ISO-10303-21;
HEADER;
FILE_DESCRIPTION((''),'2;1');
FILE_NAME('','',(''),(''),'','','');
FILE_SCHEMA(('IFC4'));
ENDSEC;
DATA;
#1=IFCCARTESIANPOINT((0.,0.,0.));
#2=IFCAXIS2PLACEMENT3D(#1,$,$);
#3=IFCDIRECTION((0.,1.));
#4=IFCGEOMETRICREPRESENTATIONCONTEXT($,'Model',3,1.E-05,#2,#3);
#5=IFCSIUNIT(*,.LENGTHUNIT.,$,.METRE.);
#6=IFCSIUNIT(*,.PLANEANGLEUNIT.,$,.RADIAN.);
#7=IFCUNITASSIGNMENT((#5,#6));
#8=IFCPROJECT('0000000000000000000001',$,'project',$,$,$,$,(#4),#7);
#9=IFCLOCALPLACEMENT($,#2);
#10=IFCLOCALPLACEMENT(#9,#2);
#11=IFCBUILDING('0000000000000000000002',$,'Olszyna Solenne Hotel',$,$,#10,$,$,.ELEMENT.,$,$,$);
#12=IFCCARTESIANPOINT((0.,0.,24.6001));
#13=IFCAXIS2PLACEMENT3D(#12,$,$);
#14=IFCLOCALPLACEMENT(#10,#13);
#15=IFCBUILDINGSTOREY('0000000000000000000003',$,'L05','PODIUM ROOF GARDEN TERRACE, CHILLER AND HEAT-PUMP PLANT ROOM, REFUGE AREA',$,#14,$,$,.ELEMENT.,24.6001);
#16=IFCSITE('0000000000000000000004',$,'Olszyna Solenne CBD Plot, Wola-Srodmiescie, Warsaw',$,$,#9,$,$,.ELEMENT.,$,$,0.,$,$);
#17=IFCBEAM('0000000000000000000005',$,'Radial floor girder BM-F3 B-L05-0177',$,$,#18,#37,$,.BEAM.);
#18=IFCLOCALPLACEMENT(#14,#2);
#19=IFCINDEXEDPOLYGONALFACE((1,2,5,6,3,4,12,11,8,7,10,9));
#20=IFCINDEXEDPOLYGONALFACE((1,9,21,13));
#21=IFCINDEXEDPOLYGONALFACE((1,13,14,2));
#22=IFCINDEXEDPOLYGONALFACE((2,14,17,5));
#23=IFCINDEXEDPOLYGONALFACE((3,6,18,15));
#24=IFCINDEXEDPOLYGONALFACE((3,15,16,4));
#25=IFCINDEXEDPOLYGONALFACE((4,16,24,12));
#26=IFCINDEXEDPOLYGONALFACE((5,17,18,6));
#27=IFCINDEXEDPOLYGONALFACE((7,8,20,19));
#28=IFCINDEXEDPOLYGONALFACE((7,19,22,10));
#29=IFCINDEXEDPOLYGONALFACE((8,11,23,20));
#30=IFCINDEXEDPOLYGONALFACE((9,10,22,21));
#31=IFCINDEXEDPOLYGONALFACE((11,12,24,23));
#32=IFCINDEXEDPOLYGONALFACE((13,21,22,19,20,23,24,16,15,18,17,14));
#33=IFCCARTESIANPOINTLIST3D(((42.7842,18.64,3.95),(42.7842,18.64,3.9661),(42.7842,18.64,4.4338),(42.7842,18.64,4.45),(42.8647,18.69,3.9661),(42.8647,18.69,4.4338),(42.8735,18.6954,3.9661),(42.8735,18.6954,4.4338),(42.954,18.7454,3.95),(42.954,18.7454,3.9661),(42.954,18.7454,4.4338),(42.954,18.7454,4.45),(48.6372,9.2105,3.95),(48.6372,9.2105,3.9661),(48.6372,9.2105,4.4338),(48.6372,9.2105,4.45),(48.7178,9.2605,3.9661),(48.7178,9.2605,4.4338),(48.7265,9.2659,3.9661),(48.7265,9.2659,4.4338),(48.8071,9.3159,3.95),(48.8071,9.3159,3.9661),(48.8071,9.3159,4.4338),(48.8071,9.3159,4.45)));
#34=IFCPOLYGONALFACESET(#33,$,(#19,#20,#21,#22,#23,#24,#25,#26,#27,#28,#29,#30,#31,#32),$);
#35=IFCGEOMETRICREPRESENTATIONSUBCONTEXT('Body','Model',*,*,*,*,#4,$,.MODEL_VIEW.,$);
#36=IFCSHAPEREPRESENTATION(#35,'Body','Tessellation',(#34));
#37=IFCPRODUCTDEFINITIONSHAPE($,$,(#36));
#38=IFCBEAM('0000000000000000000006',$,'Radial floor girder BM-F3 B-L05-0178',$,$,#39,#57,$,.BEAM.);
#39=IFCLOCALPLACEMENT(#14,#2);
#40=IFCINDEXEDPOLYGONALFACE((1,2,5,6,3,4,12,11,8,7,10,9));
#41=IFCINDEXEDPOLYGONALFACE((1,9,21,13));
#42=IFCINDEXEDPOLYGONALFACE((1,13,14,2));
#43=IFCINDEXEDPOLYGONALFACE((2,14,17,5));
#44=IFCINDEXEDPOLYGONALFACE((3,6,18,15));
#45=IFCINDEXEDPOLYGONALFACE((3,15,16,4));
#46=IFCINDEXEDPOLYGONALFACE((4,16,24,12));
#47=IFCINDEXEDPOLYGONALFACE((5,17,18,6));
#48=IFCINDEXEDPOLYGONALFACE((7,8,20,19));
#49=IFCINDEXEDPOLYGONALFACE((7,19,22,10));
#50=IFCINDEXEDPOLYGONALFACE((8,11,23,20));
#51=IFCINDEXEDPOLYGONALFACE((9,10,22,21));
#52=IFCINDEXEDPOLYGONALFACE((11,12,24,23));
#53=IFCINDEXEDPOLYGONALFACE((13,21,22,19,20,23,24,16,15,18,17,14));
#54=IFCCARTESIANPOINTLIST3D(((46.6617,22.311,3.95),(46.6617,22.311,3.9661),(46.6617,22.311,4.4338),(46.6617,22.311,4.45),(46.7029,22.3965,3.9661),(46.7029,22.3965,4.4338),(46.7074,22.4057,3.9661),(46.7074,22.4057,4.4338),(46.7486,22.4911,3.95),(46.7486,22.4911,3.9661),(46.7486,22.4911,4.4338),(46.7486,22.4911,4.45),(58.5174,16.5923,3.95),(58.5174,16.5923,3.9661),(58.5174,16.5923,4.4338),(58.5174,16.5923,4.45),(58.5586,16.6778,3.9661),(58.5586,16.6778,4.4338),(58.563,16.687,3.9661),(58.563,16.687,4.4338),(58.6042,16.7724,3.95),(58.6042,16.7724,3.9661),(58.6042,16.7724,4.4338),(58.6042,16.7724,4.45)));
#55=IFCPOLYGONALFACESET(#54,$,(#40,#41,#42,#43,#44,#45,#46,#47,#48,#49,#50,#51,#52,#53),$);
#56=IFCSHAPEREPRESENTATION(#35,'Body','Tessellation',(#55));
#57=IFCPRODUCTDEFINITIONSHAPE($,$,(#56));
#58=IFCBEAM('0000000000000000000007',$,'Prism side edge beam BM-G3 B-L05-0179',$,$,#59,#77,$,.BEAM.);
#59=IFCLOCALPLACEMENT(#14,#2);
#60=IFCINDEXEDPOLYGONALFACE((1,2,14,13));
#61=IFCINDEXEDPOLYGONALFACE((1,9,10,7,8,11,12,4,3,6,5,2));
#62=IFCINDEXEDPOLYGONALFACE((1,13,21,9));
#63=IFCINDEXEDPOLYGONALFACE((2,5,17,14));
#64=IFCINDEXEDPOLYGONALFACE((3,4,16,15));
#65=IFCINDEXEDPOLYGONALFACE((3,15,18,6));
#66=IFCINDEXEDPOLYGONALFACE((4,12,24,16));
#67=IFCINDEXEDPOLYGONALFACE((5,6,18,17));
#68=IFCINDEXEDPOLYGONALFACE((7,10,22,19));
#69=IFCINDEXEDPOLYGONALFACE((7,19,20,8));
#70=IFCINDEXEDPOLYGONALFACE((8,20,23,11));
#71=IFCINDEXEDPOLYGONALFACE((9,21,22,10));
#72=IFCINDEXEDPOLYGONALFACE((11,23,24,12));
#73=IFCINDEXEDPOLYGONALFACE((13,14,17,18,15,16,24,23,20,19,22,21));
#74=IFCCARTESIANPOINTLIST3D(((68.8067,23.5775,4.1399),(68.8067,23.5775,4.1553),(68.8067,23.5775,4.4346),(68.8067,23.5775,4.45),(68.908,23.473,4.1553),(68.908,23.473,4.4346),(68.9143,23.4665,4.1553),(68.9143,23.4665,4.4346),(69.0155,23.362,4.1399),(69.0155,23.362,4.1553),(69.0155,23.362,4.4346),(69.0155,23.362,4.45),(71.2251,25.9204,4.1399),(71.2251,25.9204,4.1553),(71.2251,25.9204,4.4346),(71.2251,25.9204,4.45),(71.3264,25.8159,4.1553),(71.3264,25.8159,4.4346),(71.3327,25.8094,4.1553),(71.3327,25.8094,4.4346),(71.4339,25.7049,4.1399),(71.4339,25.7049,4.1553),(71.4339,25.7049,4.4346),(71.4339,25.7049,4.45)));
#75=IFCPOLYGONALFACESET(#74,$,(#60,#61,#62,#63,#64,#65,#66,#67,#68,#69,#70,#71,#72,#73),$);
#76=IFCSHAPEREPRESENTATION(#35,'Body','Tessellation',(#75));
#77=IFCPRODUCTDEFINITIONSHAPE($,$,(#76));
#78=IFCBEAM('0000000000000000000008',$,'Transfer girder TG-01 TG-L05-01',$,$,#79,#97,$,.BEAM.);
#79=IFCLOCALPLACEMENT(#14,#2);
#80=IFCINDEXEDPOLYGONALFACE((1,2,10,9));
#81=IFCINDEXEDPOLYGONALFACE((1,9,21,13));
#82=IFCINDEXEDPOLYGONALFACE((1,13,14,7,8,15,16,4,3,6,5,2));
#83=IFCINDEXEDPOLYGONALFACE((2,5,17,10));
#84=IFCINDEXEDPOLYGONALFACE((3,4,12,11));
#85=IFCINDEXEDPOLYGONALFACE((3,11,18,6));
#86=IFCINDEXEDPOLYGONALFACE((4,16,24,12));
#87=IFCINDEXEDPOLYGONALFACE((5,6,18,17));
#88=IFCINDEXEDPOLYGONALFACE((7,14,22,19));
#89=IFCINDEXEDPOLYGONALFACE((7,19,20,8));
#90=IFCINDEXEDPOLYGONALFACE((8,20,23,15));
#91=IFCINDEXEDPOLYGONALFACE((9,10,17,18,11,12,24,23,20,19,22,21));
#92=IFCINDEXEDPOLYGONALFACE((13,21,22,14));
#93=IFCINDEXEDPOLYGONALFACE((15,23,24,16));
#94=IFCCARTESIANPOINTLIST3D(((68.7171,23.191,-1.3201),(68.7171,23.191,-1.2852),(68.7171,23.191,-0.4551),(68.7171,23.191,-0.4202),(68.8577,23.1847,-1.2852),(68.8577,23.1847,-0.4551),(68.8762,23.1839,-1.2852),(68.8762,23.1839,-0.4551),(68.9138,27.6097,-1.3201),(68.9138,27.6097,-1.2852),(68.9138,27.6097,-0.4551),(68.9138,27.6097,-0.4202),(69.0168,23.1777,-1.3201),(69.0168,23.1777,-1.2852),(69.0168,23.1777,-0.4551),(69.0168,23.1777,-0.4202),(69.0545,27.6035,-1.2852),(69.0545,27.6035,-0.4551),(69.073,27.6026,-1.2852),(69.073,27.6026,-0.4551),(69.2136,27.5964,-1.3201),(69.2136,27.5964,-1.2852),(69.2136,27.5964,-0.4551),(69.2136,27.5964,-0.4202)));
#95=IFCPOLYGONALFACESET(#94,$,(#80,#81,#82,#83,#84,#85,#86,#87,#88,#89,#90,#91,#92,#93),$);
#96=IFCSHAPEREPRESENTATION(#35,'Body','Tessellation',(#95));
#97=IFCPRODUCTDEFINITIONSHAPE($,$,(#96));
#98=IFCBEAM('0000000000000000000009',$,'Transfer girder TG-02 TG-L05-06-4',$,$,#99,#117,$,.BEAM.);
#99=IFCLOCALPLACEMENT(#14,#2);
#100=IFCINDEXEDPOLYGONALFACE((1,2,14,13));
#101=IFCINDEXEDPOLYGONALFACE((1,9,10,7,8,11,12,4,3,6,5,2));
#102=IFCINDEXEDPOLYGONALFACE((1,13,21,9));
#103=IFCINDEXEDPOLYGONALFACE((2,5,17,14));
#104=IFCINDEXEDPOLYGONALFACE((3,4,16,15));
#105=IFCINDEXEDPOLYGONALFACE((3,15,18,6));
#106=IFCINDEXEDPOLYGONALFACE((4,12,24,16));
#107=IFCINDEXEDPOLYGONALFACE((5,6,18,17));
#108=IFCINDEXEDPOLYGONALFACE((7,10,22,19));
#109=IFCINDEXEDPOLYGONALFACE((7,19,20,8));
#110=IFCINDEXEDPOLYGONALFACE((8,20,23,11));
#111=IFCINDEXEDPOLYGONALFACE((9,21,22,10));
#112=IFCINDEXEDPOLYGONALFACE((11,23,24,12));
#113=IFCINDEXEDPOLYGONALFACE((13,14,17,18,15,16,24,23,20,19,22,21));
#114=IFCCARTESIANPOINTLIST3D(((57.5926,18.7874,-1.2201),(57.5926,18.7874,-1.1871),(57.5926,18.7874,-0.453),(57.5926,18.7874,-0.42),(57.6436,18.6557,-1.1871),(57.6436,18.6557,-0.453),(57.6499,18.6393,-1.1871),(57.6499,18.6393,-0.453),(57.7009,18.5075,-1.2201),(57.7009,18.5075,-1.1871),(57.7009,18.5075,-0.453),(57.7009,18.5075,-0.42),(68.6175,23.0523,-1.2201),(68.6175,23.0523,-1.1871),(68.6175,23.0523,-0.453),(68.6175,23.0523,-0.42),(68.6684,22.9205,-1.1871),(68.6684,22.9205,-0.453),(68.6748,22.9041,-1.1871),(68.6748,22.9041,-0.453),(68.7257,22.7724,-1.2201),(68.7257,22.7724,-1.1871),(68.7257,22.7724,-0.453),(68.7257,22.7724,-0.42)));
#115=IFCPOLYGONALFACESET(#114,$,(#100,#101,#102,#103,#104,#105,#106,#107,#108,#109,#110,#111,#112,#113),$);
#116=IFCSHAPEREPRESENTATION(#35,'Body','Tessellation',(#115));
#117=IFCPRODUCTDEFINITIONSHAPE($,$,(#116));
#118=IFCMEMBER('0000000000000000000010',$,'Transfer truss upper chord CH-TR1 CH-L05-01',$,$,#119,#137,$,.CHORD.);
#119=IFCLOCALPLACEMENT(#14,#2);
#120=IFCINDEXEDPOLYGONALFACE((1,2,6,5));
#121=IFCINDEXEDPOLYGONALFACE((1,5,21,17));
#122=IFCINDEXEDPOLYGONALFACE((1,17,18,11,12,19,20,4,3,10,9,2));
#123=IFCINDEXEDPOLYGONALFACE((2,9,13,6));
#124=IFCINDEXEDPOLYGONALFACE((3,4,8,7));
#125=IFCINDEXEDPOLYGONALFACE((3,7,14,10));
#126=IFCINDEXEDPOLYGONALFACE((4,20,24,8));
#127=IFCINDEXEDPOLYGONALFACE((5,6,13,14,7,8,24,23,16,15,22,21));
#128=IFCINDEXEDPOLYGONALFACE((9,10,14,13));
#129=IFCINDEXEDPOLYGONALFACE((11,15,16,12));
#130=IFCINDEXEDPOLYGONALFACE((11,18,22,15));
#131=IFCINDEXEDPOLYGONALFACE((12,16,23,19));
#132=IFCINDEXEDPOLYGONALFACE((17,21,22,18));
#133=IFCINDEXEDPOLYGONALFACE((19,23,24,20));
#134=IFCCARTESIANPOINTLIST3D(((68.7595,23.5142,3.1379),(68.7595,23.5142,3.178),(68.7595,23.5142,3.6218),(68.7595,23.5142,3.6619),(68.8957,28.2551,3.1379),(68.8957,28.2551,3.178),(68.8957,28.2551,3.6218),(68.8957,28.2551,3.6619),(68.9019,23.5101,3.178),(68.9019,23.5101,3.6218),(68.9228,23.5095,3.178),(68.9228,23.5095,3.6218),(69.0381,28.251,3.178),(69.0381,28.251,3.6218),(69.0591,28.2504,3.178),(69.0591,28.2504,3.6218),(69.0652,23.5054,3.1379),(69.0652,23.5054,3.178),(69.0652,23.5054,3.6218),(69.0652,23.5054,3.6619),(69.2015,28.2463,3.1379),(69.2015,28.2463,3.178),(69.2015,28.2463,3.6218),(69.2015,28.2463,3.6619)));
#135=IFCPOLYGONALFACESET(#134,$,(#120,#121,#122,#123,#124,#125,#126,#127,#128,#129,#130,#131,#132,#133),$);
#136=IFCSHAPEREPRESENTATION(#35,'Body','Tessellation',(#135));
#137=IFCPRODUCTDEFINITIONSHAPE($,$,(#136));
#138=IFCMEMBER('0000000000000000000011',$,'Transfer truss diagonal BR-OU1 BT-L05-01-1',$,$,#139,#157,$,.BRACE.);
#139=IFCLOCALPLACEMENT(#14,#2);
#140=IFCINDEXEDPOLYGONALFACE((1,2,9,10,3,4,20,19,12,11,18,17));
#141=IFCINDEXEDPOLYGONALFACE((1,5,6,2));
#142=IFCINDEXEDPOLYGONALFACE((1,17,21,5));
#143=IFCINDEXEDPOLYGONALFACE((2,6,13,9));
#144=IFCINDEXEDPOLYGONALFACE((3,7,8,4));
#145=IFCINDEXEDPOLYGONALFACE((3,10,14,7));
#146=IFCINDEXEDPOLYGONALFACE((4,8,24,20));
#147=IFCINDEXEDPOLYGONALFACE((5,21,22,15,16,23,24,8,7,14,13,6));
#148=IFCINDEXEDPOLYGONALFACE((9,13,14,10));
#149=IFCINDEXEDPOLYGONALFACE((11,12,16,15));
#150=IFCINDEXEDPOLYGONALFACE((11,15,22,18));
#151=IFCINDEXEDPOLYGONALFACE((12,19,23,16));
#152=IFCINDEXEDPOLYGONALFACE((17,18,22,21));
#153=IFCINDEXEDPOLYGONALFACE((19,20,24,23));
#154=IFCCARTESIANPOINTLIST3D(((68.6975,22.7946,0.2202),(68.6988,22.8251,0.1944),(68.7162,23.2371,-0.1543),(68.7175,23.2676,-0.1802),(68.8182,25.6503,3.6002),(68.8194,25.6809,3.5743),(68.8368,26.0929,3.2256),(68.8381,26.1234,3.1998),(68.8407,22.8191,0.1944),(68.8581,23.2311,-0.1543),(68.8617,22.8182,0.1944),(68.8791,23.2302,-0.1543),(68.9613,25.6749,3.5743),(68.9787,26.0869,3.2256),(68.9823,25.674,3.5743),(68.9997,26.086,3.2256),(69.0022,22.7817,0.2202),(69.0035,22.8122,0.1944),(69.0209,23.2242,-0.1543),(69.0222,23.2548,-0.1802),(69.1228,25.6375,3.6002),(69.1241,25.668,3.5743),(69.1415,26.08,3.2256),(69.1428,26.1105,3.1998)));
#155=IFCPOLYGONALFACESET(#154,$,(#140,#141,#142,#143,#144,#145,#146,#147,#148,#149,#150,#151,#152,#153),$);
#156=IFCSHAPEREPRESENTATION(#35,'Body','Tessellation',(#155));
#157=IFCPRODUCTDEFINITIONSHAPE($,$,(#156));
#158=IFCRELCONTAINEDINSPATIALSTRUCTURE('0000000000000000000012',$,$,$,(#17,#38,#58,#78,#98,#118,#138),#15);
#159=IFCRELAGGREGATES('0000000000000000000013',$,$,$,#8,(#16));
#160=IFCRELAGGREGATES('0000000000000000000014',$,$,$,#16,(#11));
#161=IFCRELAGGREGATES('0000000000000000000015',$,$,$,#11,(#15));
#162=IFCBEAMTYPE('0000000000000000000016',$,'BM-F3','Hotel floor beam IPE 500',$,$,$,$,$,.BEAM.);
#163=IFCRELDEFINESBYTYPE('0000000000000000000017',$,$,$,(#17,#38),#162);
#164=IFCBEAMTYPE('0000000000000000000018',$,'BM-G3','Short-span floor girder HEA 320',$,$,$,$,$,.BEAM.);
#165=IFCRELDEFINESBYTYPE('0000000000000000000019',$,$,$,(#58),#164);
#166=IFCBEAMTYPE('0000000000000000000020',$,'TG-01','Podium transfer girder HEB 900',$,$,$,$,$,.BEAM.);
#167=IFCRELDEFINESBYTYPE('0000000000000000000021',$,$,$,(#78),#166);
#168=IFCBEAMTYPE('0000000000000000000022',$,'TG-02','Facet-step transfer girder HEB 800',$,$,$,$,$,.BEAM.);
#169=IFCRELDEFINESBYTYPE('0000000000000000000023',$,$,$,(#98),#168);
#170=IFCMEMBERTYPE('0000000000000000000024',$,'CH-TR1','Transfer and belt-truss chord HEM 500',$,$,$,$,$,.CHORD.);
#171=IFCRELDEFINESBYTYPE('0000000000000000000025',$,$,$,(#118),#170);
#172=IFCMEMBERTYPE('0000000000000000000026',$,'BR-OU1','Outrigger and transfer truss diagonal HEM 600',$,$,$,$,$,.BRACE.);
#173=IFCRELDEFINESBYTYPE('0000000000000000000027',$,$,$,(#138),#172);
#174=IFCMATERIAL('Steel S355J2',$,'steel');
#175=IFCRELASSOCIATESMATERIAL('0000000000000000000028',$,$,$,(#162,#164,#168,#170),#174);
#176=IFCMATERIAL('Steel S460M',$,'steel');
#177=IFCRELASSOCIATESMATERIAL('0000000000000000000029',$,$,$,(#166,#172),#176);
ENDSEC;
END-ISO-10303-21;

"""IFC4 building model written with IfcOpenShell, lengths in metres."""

from ifc_helpers import new_model, si_unit, direction, frame, origin, origin_2d, place, context, subcontext, project, spatial, i_section, extrude, source, transform, mapped, material, material_profile, profile_set, type_object, element, save


model = new_model("IFC4")

# Units and contexts
model_context = context("Model", 3, precision=1e-05, world=origin(), true_north=direction((0.0, 1.0)))
body_context = subcontext(model_context, "Body", "Model", "MODEL_VIEW")
ifc_project = project(units=[si_unit("LENGTHUNIT", "METRE"), si_unit("PLANEANGLEUNIT", "RADIAN")], contexts=[model_context])

# Site, building, storey
site_placement = place(None, origin())
site = spatial("IfcSite", under=ifc_project, at=site_placement, Name="Olszyna Solenne CBD Plot, Wola-Srodmiescie, Warsaw", CompositionType="ELEMENT", RefElevation=0.0)
building_placement = place(site_placement, origin())
building = spatial("IfcBuilding", under=site, at=building_placement, Name="Olszyna Solenne Hotel", CompositionType="ELEMENT")
storey_placement = place(building_placement, frame((0.0, 0.0, 24.6001)))
storey = spatial("IfcBuildingStorey", under=building, at=storey_placement, Name="L05", Description="PODIUM ROOF GARDEN TERRACE, CHILLER AND HEAT-PUMP PLANT ROOM, REFUGE AREA", CompositionType="ELEMENT", Elevation=24.6001)

# Shared definitions
ifc_material_1 = material(Name="Steel S355J2", Category="steel")
ifc_material_2 = material(Name="Steel S460M", Category="steel")

# Beams
ifc_material_profile_1 = material_profile(ifc_material_1, i_section(OverallWidth=0.2, OverallDepth=0.5, WebThickness=0.0103, FlangeThickness=0.0161, at=origin_2d()), Name="IPE 500", Category="load-bearing")
ifc_profile_set_1 = profile_set([ifc_material_profile_1], Name="Steel S355J2")
beam_type_1 = type_object("IfcBeamType", Name="BM-F3", Description="Hotel floor beam IPE 500", PredefinedType="BEAM", material=ifc_profile_set_1)
shared_shape_1 = source(origin(), body_context, "Body", "SweptSolid", [
    extrude(i_section(OverallWidth=0.2, OverallDepth=0.5, WebThickness=0.0103, FlangeThickness=0.0161, at=origin_2d()), origin(), (0.0, 0.0, 1.0), 11.0984),
])
beam_1_placement = place(storey_placement, frame((48.7222, 9.2632, 4.2), z_axis=(-0.52738, 0.849629, 0.0), x_axis=(-0.849629, -0.52738, 0.0)))
element("IfcBeam", 1, at=beam_1_placement, inside=storey, type_object=beam_type_1, Name="Radial floor girder BM-F3 B-L05-0177", PredefinedType="BEAM", context=body_context, shape_type="MappedRepresentation", body=[
    mapped(shared_shape_1, transform((0.0, 0.0, 0.0), x_axis=(1.0, 0.0, 0.0), y_axis=(0.0, 1.0, 0.0), z_axis=(0.0, 0.0, 1.0), scale=1.0)),
])
shared_shape_2 = source(origin(), body_context, "Body", "SweptSolid", [
    extrude(i_section(OverallWidth=0.2, OverallDepth=0.5, WebThickness=0.0103, FlangeThickness=0.0161, at=origin_2d()), origin(), (0.0, 0.0, 1.0), 13.1628),
])
beam_2_placement = place(storey_placement, frame((58.5608, 16.6824, 4.2), z_axis=(-0.900691, 0.43446, 0.0), x_axis=(-0.43446, -0.900691, 0.0)))
element("IfcBeam", 2, at=beam_2_placement, inside=storey, type_object=beam_type_1, Name="Radial floor girder BM-F3 B-L05-0178", PredefinedType="BEAM", context=body_context, shape_type="MappedRepresentation", body=[
    mapped(shared_shape_2, transform((0.0, 0.0, 0.0), x_axis=(1.0, 0.0, 0.0), y_axis=(0.0, 1.0, 0.0), z_axis=(0.0, 0.0, 1.0), scale=1.0)),
])
ifc_material_profile_2 = material_profile(ifc_material_1, i_section(OverallWidth=0.3, OverallDepth=0.3101, WebThickness=0.009, FlangeThickness=0.0154, at=origin_2d()), Name="HEA 320", Category="load-bearing")
ifc_profile_set_2 = profile_set([ifc_material_profile_2], Name="Steel S355J2")
beam_type_2 = type_object("IfcBeamType", Name="BM-G3", Description="Short-span floor girder HEA 320", PredefinedType="BEAM", material=ifc_profile_set_2)
shared_shape_3 = source(origin(), body_context, "Body", "SweptSolid", [
    extrude(i_section(OverallWidth=0.3, OverallDepth=0.3101, WebThickness=0.009, FlangeThickness=0.0154, at=origin_2d()), origin(), (0.0, 0.0, 1.0), 3.3672),
])
beam_3_placement = place(storey_placement, frame((68.9111, 23.4697, 4.2949), z_axis=(0.71822, 0.695816, 0.0), x_axis=(-0.695816, 0.71822, 0.0)))
element("IfcBeam", 3, at=beam_3_placement, inside=storey, type_object=beam_type_2, Name="Prism side edge beam BM-G3 B-L05-0179", PredefinedType="BEAM", context=body_context, shape_type="MappedRepresentation", body=[
    mapped(shared_shape_3, transform((0.0, 0.0, 0.0), x_axis=(1.0, 0.0, 0.0), y_axis=(0.0, 1.0, 0.0), z_axis=(0.0, 0.0, 1.0), scale=1.0)),
])
ifc_material_profile_3 = material_profile(ifc_material_2, i_section(OverallWidth=0.3, OverallDepth=0.8999, WebThickness=0.0186, FlangeThickness=0.0349, at=origin_2d()), Name="HEB 900", Category="load-bearing")
ifc_profile_set_3 = profile_set([ifc_material_profile_3], Name="Steel S460M")
beam_type_3 = type_object("IfcBeamType", Name="TG-01", Description="Podium transfer girder HEB 900", PredefinedType="BEAM", material=ifc_profile_set_3)
shared_shape_4 = source(origin(), body_context, "Body", "SweptSolid", [
    extrude(i_section(OverallWidth=0.3, OverallDepth=0.8999, WebThickness=0.0186, FlangeThickness=0.0349, at=origin_2d()), origin(), (0.0, 0.0, 1.0), 4.4231),
])
beam_4_placement = place(storey_placement, frame((68.8669, 23.1843, -0.8701), z_axis=(0.044489, 0.99901, 0.0), x_axis=(-0.99901, 0.044489, 0.0)))
element("IfcBeam", 4, at=beam_4_placement, inside=storey, type_object=beam_type_3, Name="Transfer girder TG-01 TG-L05-01", PredefinedType="BEAM", context=body_context, shape_type="MappedRepresentation", body=[
    mapped(shared_shape_4, transform((0.0, 0.0, 0.0), x_axis=(1.0, 0.0, 0.0), y_axis=(0.0, 1.0, 0.0), z_axis=(0.0, 0.0, 1.0), scale=1.0)),
])
ifc_material_profile_4 = material_profile(ifc_material_1, i_section(OverallWidth=0.3, OverallDepth=0.8, WebThickness=0.0176, FlangeThickness=0.033, at=origin_2d()), Name="HEB 800", Category="load-bearing")
ifc_profile_set_4 = profile_set([ifc_material_profile_4], Name="Steel S355J2")
beam_type_4 = type_object("IfcBeamType", Name="TG-02", Description="Facet-step transfer girder HEB 800", PredefinedType="BEAM", material=ifc_profile_set_4)
shared_shape_5 = source(origin(), body_context, "Body", "SweptSolid", [
    extrude(i_section(OverallWidth=0.3, OverallDepth=0.8, WebThickness=0.0176, FlangeThickness=0.033, at=origin_2d()), origin(), (0.0, 0.0, 1.0), 11.821),
])
beam_5_placement = place(storey_placement, frame((57.6467, 18.6475, -0.8201), z_axis=(0.932648, 0.360787, 0.0), x_axis=(-0.360787, 0.932648, 0.0)))
element("IfcBeam", 5, at=beam_5_placement, inside=storey, type_object=beam_type_4, Name="Transfer girder TG-02 TG-L05-06-4", PredefinedType="BEAM", context=body_context, shape_type="MappedRepresentation", body=[
    mapped(shared_shape_5, transform((0.0, 0.0, 0.0), x_axis=(1.0, 0.0, 0.0), y_axis=(0.0, 1.0, 0.0), z_axis=(0.0, 0.0, 1.0), scale=1.0)),
])

# Members
ifc_material_profile_5 = material_profile(ifc_material_1, i_section(OverallWidth=0.3059, OverallDepth=0.5239, WebThickness=0.021, FlangeThickness=0.04, at=origin_2d()), Name="HEM 500", Category="load-bearing")
ifc_profile_set_5 = profile_set([ifc_material_profile_5], Name="Steel S355J2")
member_type_1 = type_object("IfcMemberType", Name="CH-TR1", Description="Transfer and belt-truss chord HEM 500", PredefinedType="CHORD", material=ifc_profile_set_5)
shared_shape_6 = source(origin(), body_context, "Body", "SweptSolid", [
    extrude(i_section(OverallWidth=0.3059, OverallDepth=0.5239, WebThickness=0.021, FlangeThickness=0.04, at=origin_2d()), origin(), (0.0, 0.0, 1.0), 4.7429),
])
member_1_placement = place(storey_placement, frame((68.9124, 23.5098, 3.3999), z_axis=(0.028723, 0.999587, 0.0), x_axis=(-0.999587, 0.028723, 0.0)))
element("IfcMember", 6, at=member_1_placement, inside=storey, type_object=member_type_1, Name="Transfer truss upper chord CH-TR1 CH-L05-01", PredefinedType="CHORD", context=body_context, shape_type="MappedRepresentation", body=[
    mapped(shared_shape_6, transform((0.0, 0.0, 0.0), x_axis=(1.0, 0.0, 0.0), y_axis=(0.0, 1.0, 0.0), z_axis=(0.0, 0.0, 1.0), scale=1.0)),
])
ifc_material_profile_6 = material_profile(ifc_material_2, i_section(OverallWidth=0.3049, OverallDepth=0.6201, WebThickness=0.021, FlangeThickness=0.04, at=origin_2d()), Name="HEM 600", Category="load-bearing")
ifc_profile_set_6 = profile_set([ifc_material_profile_6], Name="Steel S460M")
member_type_2 = type_object("IfcMemberType", Name="BR-OU1", Description="Outrigger and transfer truss diagonal HEM 600", PredefinedType="BRACE", material=ifc_profile_set_6)
shared_shape_7 = source(origin(), body_context, "Body", "SweptSolid", [
    extrude(i_section(OverallWidth=0.3049, OverallDepth=0.6201, WebThickness=0.021, FlangeThickness=0.04, at=origin_2d()), origin(), (0.0, 0.0, 1.0), 4.4265),
])
member_2_placement = place(storey_placement, frame((68.8599, 23.0247, 0.02), z_axis=(0.027247, 0.645151, 0.763569), x_axis=(-0.999109, 0.042195, 0.0)))
element("IfcMember", 7, at=member_2_placement, inside=storey, type_object=member_type_2, Name="Transfer truss diagonal BR-OU1 BT-L05-01-1", PredefinedType="BRACE", context=body_context, shape_type="MappedRepresentation", body=[
    mapped(shared_shape_7, transform((0.0, 0.0, 0.0), x_axis=(1.0, 0.0, 0.0), y_axis=(0.0, 1.0, 0.0), z_axis=(0.0, 0.0, 1.0), scale=1.0)),
])

save(model, "model.ifc")
